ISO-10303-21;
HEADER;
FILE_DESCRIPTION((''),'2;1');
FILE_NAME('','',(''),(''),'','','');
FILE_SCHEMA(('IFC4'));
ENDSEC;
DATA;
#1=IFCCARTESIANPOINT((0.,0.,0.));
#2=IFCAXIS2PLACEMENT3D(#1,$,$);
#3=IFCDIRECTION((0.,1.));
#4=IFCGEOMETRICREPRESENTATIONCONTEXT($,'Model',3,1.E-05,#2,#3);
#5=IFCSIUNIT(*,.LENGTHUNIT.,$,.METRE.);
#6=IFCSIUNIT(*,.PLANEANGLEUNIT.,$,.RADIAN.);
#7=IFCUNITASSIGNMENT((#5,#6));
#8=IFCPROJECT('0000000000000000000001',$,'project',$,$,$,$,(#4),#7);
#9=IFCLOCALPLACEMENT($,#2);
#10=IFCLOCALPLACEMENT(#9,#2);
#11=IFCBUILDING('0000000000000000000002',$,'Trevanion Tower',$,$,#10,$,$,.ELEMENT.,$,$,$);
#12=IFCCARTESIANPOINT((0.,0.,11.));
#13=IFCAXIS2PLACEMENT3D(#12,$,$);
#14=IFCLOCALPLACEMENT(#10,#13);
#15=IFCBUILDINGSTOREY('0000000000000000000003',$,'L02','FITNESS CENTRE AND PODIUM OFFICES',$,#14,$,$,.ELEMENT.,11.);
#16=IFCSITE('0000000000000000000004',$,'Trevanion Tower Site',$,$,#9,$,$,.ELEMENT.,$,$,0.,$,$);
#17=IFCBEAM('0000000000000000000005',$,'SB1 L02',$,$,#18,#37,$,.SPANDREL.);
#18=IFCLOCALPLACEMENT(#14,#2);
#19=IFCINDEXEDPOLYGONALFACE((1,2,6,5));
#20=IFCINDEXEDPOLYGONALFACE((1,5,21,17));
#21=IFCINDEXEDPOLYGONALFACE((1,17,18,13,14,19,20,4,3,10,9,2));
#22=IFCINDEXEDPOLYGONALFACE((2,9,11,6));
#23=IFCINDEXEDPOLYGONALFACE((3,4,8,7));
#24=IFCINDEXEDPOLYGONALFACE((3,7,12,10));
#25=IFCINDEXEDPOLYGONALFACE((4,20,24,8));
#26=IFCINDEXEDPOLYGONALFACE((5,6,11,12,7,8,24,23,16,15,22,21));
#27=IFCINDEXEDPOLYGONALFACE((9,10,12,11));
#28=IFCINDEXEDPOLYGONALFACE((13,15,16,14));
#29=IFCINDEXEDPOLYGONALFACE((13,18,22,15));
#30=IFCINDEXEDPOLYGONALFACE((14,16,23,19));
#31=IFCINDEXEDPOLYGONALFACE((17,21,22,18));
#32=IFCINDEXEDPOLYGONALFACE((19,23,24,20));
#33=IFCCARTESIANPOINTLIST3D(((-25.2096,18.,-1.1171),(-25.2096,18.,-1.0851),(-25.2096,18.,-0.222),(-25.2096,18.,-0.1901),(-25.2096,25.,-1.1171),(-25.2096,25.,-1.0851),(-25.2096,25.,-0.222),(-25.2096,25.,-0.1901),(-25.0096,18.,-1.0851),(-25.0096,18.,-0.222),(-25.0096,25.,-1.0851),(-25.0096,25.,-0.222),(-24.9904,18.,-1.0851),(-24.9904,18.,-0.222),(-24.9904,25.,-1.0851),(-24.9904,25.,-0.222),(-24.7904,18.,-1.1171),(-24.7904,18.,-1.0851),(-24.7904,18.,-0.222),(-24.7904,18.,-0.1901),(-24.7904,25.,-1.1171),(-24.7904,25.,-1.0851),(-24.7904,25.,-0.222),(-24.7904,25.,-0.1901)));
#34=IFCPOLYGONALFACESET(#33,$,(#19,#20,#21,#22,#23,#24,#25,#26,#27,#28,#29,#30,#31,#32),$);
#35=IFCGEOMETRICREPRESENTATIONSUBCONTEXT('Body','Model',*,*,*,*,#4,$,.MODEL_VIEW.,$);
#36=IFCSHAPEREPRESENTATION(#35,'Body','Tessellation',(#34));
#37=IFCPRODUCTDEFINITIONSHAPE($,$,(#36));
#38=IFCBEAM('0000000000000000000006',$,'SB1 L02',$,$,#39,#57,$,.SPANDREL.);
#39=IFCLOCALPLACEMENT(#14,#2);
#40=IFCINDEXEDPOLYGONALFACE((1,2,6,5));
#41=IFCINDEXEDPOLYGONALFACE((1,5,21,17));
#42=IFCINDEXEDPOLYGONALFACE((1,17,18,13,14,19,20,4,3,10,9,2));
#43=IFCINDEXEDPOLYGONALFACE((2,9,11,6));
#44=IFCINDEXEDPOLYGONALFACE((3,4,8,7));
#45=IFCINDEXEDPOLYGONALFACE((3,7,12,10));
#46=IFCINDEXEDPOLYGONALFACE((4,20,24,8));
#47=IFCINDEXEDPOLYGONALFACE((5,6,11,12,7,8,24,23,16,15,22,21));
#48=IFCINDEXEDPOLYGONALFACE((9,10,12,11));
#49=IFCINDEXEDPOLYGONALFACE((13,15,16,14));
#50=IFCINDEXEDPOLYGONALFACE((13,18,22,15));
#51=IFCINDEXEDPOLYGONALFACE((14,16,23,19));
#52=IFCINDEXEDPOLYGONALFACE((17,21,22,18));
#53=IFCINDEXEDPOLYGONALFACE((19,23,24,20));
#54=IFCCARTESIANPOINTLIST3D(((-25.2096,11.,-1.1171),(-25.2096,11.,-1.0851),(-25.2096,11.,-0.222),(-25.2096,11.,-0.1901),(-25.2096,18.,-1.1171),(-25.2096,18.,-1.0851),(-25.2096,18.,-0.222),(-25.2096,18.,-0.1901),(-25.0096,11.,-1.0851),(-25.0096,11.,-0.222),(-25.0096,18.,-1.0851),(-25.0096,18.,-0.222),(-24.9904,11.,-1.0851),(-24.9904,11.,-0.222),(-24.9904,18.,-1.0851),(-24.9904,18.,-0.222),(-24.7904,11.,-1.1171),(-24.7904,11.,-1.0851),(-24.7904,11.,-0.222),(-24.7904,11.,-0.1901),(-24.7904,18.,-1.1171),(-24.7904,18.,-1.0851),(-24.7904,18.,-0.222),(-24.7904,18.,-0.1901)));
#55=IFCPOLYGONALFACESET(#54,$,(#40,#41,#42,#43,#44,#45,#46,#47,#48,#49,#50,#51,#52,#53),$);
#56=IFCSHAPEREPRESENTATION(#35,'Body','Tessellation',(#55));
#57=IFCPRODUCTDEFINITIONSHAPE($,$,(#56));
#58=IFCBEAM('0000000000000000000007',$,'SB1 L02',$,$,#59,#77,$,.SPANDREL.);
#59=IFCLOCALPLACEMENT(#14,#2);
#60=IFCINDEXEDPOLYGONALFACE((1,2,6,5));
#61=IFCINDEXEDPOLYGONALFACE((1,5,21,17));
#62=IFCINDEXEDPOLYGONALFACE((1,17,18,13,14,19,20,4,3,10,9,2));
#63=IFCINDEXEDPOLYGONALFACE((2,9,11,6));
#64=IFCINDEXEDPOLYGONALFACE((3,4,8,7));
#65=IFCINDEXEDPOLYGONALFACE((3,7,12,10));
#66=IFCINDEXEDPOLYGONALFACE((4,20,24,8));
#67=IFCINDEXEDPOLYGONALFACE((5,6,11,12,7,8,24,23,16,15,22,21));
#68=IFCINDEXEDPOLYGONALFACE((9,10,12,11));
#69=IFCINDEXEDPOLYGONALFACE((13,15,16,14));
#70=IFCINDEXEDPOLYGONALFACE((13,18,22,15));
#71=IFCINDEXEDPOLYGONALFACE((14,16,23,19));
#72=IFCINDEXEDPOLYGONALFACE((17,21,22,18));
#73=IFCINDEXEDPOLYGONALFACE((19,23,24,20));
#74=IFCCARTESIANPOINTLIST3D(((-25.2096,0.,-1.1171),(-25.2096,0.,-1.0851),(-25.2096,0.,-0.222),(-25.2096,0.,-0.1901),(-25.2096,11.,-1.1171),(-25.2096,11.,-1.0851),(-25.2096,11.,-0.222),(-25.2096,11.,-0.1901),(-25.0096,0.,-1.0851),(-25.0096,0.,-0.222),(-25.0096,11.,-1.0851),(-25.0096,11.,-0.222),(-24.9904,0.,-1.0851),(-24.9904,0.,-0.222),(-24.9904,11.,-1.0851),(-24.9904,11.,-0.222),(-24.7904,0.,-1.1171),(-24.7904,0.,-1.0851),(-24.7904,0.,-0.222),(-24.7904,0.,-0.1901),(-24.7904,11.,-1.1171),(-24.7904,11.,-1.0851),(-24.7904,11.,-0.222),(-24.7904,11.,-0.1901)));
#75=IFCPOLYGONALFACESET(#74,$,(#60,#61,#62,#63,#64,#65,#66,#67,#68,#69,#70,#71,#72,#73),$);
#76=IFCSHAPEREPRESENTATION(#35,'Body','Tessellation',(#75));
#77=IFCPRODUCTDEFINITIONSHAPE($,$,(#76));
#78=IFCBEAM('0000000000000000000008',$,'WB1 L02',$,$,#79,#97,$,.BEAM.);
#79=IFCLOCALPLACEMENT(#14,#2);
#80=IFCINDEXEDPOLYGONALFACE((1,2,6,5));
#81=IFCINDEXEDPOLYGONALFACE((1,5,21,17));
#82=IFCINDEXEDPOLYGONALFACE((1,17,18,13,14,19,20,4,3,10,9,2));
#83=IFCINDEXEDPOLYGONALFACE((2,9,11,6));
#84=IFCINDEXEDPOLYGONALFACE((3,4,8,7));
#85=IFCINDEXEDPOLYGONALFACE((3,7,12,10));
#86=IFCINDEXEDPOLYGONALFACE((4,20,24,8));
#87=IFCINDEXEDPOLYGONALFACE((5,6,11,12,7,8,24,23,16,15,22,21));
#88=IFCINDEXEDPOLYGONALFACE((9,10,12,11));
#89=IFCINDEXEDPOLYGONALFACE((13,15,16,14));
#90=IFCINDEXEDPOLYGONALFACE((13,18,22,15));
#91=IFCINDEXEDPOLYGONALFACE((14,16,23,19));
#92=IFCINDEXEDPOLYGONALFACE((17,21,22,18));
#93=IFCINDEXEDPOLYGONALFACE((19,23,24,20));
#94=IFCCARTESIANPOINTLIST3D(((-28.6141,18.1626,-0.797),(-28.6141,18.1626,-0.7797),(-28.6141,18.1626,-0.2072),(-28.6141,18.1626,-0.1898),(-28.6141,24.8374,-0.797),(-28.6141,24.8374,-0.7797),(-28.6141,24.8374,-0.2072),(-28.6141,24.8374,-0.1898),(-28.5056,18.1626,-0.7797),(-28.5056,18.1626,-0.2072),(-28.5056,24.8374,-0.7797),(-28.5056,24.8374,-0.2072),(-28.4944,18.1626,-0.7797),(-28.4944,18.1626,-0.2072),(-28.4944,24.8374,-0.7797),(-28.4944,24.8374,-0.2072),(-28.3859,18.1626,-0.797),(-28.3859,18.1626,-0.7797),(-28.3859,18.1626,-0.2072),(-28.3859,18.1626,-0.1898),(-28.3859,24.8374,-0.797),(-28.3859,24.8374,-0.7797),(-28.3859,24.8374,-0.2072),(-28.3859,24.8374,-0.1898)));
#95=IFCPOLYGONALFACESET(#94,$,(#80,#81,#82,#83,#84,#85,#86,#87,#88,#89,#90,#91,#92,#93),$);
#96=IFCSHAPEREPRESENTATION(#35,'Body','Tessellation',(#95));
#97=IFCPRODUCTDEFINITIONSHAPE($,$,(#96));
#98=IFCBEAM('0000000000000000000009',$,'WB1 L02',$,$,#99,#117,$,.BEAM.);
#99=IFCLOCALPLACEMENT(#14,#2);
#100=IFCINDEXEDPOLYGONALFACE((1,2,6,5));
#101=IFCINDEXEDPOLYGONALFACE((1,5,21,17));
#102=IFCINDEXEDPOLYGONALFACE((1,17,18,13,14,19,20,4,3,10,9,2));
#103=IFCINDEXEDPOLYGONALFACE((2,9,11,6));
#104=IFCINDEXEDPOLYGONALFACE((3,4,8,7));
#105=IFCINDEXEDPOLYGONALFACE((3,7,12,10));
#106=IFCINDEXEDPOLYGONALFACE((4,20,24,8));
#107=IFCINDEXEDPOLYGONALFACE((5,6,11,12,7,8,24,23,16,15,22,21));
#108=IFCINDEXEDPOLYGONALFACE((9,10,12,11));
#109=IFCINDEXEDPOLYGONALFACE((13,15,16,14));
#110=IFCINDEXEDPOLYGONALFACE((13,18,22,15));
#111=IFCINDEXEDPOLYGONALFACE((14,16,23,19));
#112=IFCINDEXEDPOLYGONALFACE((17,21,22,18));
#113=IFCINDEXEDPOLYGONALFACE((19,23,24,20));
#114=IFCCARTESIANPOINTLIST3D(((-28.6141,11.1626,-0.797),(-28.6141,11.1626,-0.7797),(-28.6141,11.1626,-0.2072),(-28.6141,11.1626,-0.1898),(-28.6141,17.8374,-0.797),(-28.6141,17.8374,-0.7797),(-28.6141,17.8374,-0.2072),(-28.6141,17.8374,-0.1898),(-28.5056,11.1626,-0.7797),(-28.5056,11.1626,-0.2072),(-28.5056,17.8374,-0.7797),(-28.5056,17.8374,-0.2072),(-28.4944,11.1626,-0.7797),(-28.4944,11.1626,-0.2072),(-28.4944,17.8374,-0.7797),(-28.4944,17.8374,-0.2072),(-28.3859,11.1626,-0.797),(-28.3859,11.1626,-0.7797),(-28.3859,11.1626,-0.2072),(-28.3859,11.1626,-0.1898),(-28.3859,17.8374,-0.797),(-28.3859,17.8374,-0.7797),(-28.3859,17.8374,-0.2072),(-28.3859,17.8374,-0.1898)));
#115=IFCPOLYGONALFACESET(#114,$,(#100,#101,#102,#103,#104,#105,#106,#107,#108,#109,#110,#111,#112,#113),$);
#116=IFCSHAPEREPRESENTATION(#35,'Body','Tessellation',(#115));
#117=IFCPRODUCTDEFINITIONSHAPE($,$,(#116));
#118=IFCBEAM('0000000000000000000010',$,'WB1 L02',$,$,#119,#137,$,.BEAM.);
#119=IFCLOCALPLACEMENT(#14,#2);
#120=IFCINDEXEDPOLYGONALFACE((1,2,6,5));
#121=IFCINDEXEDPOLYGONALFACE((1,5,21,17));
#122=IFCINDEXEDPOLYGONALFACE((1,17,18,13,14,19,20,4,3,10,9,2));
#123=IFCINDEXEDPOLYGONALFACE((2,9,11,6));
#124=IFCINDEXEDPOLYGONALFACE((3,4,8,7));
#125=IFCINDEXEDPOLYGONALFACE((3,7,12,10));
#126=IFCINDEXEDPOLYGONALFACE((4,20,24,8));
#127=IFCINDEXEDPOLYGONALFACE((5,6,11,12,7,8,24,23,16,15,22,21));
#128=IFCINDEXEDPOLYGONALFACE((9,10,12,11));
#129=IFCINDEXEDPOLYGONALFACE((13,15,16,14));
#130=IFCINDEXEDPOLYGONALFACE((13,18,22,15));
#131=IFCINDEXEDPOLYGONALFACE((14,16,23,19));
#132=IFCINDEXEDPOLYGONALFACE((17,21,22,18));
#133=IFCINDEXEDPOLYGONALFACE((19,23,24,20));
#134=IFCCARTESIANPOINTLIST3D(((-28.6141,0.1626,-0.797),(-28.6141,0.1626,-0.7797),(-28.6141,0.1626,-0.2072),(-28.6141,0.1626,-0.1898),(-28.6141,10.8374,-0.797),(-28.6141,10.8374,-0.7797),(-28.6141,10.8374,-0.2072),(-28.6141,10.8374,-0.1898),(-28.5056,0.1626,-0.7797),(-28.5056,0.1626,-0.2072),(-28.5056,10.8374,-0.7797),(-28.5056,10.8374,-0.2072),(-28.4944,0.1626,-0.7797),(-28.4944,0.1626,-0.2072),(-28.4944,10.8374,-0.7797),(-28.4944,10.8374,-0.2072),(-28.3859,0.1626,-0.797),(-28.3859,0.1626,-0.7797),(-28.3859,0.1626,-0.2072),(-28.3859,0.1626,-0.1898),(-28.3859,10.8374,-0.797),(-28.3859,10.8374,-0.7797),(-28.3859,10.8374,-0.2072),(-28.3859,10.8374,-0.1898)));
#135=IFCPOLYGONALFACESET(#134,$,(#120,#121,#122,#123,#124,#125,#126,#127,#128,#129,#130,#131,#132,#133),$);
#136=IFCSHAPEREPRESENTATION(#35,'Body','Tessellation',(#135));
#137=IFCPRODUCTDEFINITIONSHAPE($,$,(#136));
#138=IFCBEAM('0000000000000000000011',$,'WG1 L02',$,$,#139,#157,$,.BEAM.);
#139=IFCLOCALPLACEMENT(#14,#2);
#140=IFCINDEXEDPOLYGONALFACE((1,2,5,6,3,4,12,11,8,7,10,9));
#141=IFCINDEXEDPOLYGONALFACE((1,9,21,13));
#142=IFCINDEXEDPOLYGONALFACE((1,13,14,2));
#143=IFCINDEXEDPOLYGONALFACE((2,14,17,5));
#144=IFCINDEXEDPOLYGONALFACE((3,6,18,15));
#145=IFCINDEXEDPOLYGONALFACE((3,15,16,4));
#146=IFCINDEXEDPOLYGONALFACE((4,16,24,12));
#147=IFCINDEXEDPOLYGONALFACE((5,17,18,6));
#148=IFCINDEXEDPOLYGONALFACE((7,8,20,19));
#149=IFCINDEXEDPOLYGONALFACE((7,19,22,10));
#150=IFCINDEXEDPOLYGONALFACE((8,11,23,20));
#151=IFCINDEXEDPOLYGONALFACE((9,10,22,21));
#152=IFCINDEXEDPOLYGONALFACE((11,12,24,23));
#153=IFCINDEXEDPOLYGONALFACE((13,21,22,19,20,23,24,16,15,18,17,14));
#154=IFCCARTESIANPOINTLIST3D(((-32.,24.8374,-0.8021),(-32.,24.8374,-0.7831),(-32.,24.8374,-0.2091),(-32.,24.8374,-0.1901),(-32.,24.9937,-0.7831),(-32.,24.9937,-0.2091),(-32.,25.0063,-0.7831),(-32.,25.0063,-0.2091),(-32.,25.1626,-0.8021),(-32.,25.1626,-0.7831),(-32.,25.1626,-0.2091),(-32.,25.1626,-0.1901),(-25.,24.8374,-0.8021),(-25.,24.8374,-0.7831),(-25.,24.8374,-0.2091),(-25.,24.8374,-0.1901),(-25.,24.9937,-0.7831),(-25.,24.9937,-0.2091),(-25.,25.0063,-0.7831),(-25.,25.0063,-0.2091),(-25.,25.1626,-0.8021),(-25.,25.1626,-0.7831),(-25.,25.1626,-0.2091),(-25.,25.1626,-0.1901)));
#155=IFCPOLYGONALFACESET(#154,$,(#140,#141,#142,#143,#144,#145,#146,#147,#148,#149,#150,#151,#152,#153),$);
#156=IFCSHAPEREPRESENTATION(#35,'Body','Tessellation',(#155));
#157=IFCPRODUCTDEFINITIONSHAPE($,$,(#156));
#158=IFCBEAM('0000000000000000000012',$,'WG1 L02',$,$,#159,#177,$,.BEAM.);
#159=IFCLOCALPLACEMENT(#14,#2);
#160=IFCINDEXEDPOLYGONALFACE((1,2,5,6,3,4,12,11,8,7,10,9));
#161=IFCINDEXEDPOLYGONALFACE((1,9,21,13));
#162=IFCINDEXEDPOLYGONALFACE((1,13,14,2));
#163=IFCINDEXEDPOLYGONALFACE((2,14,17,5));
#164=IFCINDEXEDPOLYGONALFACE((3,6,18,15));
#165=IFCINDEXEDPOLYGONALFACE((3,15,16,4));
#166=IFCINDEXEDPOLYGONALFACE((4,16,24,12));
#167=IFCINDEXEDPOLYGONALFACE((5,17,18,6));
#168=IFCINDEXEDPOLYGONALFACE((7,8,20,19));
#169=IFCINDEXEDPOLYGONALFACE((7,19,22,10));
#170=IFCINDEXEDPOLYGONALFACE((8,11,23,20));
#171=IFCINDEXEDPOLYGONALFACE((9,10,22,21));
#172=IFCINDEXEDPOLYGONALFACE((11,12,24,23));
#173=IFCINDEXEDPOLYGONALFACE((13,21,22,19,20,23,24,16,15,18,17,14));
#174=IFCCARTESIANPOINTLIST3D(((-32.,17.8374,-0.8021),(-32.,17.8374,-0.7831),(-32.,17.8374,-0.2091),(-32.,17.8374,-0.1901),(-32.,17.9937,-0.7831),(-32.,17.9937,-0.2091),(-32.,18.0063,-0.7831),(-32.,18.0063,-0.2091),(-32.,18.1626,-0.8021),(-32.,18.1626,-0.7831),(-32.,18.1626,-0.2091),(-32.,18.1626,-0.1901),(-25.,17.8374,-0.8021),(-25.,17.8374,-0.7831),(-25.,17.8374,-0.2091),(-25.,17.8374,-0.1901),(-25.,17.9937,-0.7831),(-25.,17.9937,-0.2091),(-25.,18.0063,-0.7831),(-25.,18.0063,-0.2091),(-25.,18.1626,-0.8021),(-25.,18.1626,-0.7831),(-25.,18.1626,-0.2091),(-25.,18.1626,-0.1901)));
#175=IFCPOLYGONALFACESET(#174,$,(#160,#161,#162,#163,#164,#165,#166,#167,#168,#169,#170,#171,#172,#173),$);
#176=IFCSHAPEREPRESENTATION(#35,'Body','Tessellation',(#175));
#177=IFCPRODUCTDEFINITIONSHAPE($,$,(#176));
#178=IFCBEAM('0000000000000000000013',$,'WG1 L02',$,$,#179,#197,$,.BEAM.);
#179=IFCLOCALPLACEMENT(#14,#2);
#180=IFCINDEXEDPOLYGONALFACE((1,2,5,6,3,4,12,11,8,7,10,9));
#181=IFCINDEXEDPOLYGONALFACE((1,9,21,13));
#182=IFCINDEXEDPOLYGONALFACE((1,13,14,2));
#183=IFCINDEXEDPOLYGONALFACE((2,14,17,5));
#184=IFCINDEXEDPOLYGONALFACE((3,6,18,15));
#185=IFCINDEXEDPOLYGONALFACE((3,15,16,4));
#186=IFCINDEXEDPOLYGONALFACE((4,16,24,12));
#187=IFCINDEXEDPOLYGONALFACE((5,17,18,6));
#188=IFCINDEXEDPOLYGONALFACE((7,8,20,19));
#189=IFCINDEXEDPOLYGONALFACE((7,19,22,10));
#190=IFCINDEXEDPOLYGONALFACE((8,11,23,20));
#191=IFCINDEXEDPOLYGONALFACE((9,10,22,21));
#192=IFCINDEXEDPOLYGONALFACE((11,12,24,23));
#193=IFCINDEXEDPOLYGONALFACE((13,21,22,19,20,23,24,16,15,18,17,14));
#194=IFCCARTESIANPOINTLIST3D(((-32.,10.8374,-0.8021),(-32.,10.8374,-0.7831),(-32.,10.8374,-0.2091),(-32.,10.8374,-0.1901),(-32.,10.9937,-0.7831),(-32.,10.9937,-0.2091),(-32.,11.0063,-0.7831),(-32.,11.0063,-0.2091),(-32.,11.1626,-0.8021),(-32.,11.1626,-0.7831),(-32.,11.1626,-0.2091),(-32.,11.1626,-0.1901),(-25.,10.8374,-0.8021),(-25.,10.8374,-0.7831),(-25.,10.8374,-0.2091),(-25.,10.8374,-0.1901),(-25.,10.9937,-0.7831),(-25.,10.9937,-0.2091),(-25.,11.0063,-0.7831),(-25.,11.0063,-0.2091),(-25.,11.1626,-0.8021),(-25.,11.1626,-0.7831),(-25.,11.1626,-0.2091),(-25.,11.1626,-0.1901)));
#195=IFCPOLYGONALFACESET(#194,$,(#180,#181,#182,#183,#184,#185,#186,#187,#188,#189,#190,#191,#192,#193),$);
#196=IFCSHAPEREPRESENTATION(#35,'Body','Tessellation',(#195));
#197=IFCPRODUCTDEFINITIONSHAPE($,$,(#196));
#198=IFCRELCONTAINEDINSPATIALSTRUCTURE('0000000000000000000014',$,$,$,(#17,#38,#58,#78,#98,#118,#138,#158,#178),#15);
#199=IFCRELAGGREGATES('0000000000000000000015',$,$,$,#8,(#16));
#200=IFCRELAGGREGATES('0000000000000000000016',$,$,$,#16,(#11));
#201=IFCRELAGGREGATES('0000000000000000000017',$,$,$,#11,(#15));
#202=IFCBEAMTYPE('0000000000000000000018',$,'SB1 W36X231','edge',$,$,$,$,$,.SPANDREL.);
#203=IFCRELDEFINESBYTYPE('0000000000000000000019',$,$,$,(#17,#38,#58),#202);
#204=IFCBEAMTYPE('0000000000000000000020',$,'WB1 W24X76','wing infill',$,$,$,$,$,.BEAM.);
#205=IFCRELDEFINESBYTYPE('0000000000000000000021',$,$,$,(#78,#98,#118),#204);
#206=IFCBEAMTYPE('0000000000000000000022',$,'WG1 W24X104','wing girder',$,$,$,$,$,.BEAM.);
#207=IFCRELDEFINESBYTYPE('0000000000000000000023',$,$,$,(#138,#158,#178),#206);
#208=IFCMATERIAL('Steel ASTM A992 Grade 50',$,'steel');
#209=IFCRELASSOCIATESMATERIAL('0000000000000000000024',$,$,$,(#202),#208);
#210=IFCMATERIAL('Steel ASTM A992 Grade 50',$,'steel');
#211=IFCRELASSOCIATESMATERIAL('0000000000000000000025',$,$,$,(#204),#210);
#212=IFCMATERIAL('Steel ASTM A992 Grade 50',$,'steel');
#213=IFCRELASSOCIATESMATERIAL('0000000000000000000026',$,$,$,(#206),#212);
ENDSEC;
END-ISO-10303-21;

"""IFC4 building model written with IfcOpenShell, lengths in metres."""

from ifc_helpers import new_model, si_unit, direction, frame, origin, origin_2d, place, context, subcontext, project, spatial, i_section, extrude, material, material_profile, profile_set, type_object, element, save


model = new_model("IFC4")

# Units and contexts
model_context = context("Model", 3, precision=1e-05, world=origin(), true_north=direction((0.0, 1.0)))
body_context = subcontext(model_context, "Body", "Model", "MODEL_VIEW")
ifc_project = project(units=[si_unit("LENGTHUNIT", "METRE"), si_unit("PLANEANGLEUNIT", "RADIAN")], contexts=[model_context])

# Site, building, storey
site_placement = place(None, origin())
site = spatial("IfcSite", under=ifc_project, at=site_placement, Name="Trevanion Tower Site", CompositionType="ELEMENT", RefElevation=0.0)
building_placement = place(site_placement, origin())
building = spatial("IfcBuilding", under=site, at=building_placement, Name="Trevanion Tower", CompositionType="ELEMENT")
storey_placement = place(building_placement, frame((0.0, 0.0, 11.0)))
storey = spatial("IfcBuildingStorey", under=building, at=storey_placement, Name="L02", Description="FITNESS CENTRE AND PODIUM OFFICES", CompositionType="ELEMENT", Elevation=11.0)

# Beams
ifc_material_1 = material(Name="Steel ASTM A992 Grade 50", Category="steel")
ifc_material_profile_1 = material_profile(ifc_material_1, i_section(OverallWidth=0.4192, OverallDepth=0.927, WebThickness=0.0193, FlangeThickness=0.032, at=origin_2d()), Name="W36X231")
ifc_profile_set_1 = profile_set([ifc_material_profile_1], Name="Steel ASTM A992 Grade 50")
beam_type_1 = type_object("IfcBeamType", Name="SB1 W36X231", Description="edge", PredefinedType="SPANDREL", material=ifc_profile_set_1)
for number, where, z_axis, x_axis, name in (
    (1, (-25.0, 25.0, -0.6536), (0.0, -1.0, 0.0), (1.0, 0.0, 0.0), "SB1 L02"),
    (2, (-25.0, 18.0, -0.6536), (0.0, -1.0, 0.0), (1.0, 0.0, 0.0), "SB1 L02"),
):
    element("IfcBeam", number, at=place(storey_placement, frame(where, z_axis=z_axis, x_axis=x_axis)), inside=storey, type_object=beam_type_1, Name=name, PredefinedType="SPANDREL", context=body_context, shape_type="SweptSolid", body=[
        extrude(i_section(OverallWidth=0.4192, OverallDepth=0.927, WebThickness=0.0193, FlangeThickness=0.032, at=origin_2d()), origin(), (0.0, 0.0, 1.0), 7.0),
    ])
beam_1_placement = place(storey_placement, frame((-25.0, 11.0, -0.6536), z_axis=(0.0, -1.0, 0.0), x_axis=(1.0, 0.0, 0.0)))
element("IfcBeam", 3, at=beam_1_placement, inside=storey, type_object=beam_type_1, Name="SB1 L02", PredefinedType="SPANDREL", context=body_context, shape_type="SweptSolid", body=[
    extrude(i_section(OverallWidth=0.4192, OverallDepth=0.927, WebThickness=0.0193, FlangeThickness=0.032, at=origin_2d()), origin(), (0.0, 0.0, 1.0), 11.0),
])
ifc_material_2 = material(Name="Steel ASTM A992 Grade 50", Category="steel")
ifc_material_profile_2 = material_profile(ifc_material_2, i_section(OverallWidth=0.2283, OverallDepth=0.6072, WebThickness=0.0112, FlangeThickness=0.0173, at=origin_2d()), Name="W24X76")
ifc_profile_set_2 = profile_set([ifc_material_profile_2], Name="Steel ASTM A992 Grade 50")
beam_type_2 = type_object("IfcBeamType", Name="WB1 W24X76", Description="wing infill", PredefinedType="BEAM", material=ifc_profile_set_2)
for number, where, z_axis, x_axis, name in (
    (4, (-28.5, 24.8374, -0.4934), (0.0, -1.0, 0.0), (1.0, 0.0, 0.0), "WB1 L02"),
    (5, (-28.5, 17.8374, -0.4934), (0.0, -1.0, 0.0), (1.0, 0.0, 0.0), "WB1 L02"),
):
    element("IfcBeam", number, at=place(storey_placement, frame(where, z_axis=z_axis, x_axis=x_axis)), inside=storey, type_object=beam_type_2, Name=name, PredefinedType="BEAM", context=body_context, shape_type="SweptSolid", body=[
        extrude(i_section(OverallWidth=0.2283, OverallDepth=0.6072, WebThickness=0.0112, FlangeThickness=0.0173, at=origin_2d()), origin(), (0.0, 0.0, 1.0), 6.6748),
    ])
beam_2_placement = place(storey_placement, frame((-28.5, 10.8374, -0.4934), z_axis=(0.0, -1.0, 0.0), x_axis=(1.0, 0.0, 0.0)))
element("IfcBeam", 6, at=beam_2_placement, inside=storey, type_object=beam_type_2, Name="WB1 L02", PredefinedType="BEAM", context=body_context, shape_type="SweptSolid", body=[
    extrude(i_section(OverallWidth=0.2283, OverallDepth=0.6072, WebThickness=0.0112, FlangeThickness=0.0173, at=origin_2d()), origin(), (0.0, 0.0, 1.0), 10.6748),
])
ifc_material_3 = material(Name="Steel ASTM A992 Grade 50", Category="steel")
ifc_material_profile_3 = material_profile(ifc_material_3, i_section(OverallWidth=0.3252, OverallDepth=0.6121, WebThickness=0.0127, FlangeThickness=0.019, at=origin_2d()), Name="W24X104")
ifc_profile_set_3 = profile_set([ifc_material_profile_3], Name="Steel ASTM A992 Grade 50")
beam_type_3 = type_object("IfcBeamType", Name="WG1 W24X104", Description="wing girder", PredefinedType="BEAM", material=ifc_profile_set_3)
for number, where, z_axis, x_axis, name in (
    (7, (-25.0, 25.0, -0.4961), (-1.0, 0.0, 0.0), (0.0, -1.0, 0.0), "WG1 L02"),
    (8, (-25.0, 18.0, -0.4961), (-1.0, 0.0, 0.0), (0.0, -1.0, 0.0), "WG1 L02"),
    (9, (-25.0, 11.0, -0.4961), (-1.0, 0.0, 0.0), (0.0, -1.0, 0.0), "WG1 L02"),
):
    element("IfcBeam", number, at=place(storey_placement, frame(where, z_axis=z_axis, x_axis=x_axis)), inside=storey, type_object=beam_type_3, Name=name, PredefinedType="BEAM", context=body_context, shape_type="SweptSolid", body=[
        extrude(i_section(OverallWidth=0.3252, OverallDepth=0.6121, WebThickness=0.0127, FlangeThickness=0.019, at=origin_2d()), origin(), (0.0, 0.0, 1.0), 7.0),
    ])

save(model, "model.ifc")
